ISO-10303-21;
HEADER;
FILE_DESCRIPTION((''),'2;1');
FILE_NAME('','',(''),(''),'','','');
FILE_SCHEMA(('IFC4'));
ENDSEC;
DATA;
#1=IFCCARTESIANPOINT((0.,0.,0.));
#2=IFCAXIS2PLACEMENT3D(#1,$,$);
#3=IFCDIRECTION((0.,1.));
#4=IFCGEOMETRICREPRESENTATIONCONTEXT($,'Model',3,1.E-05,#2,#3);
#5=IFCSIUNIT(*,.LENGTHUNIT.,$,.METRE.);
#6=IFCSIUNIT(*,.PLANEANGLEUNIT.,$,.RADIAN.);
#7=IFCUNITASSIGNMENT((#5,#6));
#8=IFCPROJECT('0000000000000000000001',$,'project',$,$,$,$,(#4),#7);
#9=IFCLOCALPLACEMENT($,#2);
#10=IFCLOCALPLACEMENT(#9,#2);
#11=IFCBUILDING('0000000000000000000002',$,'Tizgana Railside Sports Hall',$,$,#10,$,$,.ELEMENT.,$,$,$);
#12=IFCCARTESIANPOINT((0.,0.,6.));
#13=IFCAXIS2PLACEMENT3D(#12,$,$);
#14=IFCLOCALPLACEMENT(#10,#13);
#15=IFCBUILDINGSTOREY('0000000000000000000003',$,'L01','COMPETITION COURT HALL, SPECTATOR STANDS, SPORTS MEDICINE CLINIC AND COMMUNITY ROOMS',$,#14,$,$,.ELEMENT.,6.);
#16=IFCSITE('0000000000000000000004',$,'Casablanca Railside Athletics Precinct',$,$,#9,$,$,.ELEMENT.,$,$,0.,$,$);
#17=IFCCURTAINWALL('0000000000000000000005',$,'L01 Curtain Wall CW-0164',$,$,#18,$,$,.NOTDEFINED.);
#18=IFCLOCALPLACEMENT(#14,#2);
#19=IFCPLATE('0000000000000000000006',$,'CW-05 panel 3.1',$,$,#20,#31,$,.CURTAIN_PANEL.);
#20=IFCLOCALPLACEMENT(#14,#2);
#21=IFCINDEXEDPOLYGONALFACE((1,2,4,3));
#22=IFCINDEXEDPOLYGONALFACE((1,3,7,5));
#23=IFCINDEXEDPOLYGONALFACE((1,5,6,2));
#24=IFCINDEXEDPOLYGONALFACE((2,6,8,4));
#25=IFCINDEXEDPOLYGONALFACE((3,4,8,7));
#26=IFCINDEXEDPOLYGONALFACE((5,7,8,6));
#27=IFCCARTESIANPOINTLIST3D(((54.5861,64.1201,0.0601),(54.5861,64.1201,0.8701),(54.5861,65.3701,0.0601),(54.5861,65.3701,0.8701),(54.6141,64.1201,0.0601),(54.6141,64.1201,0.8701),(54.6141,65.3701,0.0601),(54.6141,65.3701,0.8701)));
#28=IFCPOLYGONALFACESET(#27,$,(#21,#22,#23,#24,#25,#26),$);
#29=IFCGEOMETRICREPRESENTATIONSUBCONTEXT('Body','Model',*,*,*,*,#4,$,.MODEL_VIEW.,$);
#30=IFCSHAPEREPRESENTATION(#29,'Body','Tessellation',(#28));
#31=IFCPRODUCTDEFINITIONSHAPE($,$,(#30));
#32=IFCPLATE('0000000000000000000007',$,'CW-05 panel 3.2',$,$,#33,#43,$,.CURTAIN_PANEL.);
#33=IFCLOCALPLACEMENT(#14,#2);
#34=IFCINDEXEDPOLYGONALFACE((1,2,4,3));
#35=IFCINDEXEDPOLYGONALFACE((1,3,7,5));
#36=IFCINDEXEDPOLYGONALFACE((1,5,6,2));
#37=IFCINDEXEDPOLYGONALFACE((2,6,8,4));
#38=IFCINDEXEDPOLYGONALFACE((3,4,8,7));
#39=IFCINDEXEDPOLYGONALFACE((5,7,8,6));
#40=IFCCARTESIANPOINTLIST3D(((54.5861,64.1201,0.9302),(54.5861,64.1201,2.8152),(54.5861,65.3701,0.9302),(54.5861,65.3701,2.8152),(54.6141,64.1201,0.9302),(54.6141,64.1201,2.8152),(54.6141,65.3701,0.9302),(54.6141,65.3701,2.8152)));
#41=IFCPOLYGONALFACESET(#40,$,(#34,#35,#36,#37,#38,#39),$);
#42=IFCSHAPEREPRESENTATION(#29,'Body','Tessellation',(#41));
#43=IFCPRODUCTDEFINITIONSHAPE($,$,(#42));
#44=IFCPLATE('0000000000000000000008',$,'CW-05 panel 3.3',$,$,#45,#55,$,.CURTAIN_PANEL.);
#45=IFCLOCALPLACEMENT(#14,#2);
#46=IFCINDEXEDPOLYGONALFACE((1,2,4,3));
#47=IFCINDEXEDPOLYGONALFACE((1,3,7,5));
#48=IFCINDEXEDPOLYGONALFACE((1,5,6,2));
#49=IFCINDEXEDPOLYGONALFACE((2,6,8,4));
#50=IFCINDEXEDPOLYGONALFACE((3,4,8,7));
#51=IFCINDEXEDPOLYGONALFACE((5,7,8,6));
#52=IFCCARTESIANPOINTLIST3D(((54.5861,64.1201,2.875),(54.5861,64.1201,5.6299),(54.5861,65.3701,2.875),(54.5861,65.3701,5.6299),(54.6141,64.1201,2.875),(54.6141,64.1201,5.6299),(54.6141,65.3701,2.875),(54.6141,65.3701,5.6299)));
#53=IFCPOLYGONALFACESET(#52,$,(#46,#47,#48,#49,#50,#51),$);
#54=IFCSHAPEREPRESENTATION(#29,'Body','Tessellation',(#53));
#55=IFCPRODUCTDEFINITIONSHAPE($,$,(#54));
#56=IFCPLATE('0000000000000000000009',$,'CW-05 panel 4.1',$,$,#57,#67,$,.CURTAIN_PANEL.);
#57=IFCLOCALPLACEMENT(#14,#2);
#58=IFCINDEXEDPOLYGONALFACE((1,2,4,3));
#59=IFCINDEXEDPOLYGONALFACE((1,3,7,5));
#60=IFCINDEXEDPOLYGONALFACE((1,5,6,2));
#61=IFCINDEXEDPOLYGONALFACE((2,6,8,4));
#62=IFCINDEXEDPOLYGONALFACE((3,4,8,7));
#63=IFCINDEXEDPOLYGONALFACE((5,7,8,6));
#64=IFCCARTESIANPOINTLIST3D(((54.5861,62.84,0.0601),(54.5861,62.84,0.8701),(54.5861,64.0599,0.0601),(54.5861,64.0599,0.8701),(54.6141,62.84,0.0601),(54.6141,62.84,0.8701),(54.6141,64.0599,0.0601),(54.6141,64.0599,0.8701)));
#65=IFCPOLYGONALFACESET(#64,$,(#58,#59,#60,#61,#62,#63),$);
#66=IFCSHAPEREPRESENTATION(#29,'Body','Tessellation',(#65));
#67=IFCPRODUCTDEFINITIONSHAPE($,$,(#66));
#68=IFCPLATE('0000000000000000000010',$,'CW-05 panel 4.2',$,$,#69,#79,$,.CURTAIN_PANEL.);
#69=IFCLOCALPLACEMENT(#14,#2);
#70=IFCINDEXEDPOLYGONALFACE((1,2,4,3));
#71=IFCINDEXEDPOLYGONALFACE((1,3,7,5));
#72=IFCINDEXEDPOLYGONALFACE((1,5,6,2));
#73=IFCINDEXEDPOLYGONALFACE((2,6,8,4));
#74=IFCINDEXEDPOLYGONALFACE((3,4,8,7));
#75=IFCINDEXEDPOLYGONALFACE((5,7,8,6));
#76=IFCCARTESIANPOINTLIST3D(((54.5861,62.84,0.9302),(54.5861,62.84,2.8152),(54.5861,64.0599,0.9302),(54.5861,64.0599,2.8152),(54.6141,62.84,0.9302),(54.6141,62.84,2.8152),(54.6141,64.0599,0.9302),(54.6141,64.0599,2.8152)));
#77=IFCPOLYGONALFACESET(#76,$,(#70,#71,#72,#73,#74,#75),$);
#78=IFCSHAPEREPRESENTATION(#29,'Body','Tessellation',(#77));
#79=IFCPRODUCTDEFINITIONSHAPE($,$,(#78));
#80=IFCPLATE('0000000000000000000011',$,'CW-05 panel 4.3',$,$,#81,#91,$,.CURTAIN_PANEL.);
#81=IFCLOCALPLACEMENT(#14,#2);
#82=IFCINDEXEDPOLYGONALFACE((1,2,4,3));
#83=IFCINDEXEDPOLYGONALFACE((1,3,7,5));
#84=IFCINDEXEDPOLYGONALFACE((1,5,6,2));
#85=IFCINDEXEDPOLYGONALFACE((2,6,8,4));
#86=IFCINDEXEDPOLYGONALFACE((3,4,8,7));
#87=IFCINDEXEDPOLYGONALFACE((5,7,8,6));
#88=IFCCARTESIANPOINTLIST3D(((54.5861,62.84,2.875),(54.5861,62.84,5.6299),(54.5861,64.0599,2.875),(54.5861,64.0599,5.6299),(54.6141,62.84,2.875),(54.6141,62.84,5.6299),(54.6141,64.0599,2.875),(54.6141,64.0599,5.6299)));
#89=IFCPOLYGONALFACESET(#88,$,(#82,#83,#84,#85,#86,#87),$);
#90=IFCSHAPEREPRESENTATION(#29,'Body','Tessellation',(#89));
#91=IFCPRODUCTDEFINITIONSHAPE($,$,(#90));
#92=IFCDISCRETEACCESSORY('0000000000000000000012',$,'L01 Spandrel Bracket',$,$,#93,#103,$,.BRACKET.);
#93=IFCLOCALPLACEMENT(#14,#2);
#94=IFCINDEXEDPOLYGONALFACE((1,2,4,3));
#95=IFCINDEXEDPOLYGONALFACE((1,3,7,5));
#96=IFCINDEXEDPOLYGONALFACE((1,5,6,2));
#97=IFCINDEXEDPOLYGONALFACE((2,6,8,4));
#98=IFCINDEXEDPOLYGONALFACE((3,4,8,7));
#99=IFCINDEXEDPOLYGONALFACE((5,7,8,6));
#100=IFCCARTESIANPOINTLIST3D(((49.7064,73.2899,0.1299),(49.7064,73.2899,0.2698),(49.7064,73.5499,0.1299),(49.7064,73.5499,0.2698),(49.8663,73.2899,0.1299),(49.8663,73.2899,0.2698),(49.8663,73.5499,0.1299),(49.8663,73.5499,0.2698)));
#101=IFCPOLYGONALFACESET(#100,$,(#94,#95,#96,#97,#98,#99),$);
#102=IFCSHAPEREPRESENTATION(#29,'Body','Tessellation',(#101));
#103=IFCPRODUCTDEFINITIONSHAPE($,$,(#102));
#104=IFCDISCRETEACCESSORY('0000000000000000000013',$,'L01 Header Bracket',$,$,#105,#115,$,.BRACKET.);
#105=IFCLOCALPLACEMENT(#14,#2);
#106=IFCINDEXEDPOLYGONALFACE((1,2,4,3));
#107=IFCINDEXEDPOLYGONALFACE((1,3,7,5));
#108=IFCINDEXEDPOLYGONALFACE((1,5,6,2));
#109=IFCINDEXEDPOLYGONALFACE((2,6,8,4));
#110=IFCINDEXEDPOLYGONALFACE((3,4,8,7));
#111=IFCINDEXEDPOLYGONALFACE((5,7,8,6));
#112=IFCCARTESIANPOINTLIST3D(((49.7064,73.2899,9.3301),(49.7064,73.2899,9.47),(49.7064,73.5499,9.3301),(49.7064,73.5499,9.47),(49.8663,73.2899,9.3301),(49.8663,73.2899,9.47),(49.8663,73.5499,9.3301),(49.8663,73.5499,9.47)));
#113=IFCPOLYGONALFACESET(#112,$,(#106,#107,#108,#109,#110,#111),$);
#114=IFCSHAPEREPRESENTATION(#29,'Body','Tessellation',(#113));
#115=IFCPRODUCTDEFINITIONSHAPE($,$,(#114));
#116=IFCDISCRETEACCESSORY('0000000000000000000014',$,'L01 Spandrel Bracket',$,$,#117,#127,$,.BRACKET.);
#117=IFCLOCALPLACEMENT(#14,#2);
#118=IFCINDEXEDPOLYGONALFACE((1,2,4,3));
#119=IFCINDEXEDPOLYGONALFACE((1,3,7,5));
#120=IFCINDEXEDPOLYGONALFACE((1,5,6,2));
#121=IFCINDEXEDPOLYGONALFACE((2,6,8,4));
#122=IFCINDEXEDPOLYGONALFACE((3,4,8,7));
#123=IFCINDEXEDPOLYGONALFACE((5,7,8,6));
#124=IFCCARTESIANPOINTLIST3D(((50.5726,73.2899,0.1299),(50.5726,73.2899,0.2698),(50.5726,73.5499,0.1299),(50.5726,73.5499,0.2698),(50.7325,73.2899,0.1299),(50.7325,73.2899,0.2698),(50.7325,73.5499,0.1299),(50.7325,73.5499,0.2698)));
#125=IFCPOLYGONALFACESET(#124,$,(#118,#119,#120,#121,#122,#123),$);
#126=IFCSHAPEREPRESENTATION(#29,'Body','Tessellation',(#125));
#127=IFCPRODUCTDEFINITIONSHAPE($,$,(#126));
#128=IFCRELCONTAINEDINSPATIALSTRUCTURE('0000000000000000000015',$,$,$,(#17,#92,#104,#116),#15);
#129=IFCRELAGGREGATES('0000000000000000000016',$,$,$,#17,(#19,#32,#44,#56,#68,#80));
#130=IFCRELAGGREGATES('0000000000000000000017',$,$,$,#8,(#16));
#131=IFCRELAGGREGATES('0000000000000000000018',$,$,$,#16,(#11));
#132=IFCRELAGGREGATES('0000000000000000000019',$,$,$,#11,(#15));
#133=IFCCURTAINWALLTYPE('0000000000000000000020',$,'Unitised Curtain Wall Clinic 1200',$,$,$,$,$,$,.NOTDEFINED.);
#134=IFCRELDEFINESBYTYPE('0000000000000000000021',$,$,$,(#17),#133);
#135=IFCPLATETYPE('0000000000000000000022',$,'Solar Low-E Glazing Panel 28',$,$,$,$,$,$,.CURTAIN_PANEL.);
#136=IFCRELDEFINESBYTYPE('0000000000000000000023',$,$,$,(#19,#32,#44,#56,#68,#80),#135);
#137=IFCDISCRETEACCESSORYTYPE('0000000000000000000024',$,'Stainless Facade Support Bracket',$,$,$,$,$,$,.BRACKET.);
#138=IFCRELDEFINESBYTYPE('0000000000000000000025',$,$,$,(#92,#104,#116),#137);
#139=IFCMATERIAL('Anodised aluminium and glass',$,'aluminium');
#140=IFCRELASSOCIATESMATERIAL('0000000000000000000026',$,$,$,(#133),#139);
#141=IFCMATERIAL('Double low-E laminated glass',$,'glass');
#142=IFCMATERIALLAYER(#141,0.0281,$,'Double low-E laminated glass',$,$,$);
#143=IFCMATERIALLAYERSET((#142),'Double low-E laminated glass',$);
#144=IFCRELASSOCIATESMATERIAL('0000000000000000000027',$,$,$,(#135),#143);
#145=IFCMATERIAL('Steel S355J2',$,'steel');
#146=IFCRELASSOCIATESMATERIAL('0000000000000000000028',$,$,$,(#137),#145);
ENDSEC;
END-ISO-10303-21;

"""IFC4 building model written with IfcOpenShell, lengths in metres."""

from ifc_helpers import new_model, si_unit, direction, frame, origin, origin_2d, place, context, subcontext, project, spatial, rectangle, extrude, material, layer, layer_set, type_object, element, aggregate, save


model = new_model("IFC4")

# Units and contexts
model_context = context("Model", 3, precision=1e-05, world=origin(), true_north=direction((0.0, 1.0)))
body_context = subcontext(model_context, "Body", "Model", "MODEL_VIEW")
ifc_project = project(units=[si_unit("LENGTHUNIT", "METRE"), si_unit("PLANEANGLEUNIT", "RADIAN")], contexts=[model_context])

# Site, building, storey
site_placement = place(None, origin())
site = spatial("IfcSite", under=ifc_project, at=site_placement, Name="Casablanca Railside Athletics Precinct", CompositionType="ELEMENT", RefElevation=0.0)
building_placement = place(site_placement, origin())
building = spatial("IfcBuilding", under=site, at=building_placement, Name="Tizgana Railside Sports Hall", CompositionType="ELEMENT")
storey_placement = place(building_placement, frame((0.0, 0.0, 6.0)))
storey = spatial("IfcBuildingStorey", under=building, at=storey_placement, Name="L01", Description="COMPETITION COURT HALL, SPECTATOR STANDS, SPORTS MEDICINE CLINIC AND COMMUNITY ROOMS", CompositionType="ELEMENT", Elevation=6.0)

# Shared definitions
ifc_material_1 = material(Name="Anodised aluminium and glass", Category="aluminium")

# Curtain wall
curtain_wall_type_1 = type_object("IfcCurtainWallType", Name="Unitised Curtain Wall Clinic 1200", PredefinedType="NOTDEFINED", material=ifc_material_1)
curtain_wall_1_placement = place(storey_placement, origin())
curtain_wall_1 = element("IfcCurtainWall", 1, at=curtain_wall_1_placement, inside=storey, type_object=curtain_wall_type_1, Name="L01 Curtain Wall CW-0164", PredefinedType="NOTDEFINED")

# Shared definitions
ifc_material_2 = material(Name="Steel S355J2", Category="steel")

# Plates
ifc_material_3 = material(Name="Double low-E laminated glass", Category="glass")
ifc_layer = layer(ifc_material_3, 0.0281, Name="Double low-E laminated glass")
ifc_layer_set = layer_set([ifc_layer], Name="Double low-E laminated glass")
plate_type = type_object("IfcPlateType", Name="Solar Low-E Glazing Panel 28", PredefinedType="CURTAIN_PANEL", material=ifc_layer_set)
plate_1_placement = place(storey_placement, frame((54.6001, 64.7451, 0.0601), z_axis=(0.0, 0.0, 1.0), x_axis=(0.0, -1.0, 0.0)))
plate_1 = element("IfcPlate", 2, at=plate_1_placement, type_object=plate_type, Name="CW-05 panel 3.1", PredefinedType="CURTAIN_PANEL", context=body_context, shape_type="SweptSolid", body=[
    extrude(rectangle(XDim=1.25, YDim=0.0281, at=origin_2d()), origin(), (0.0, 0.0, 1.0), 0.8101),
])
plate_2_placement = place(storey_placement, frame((54.6001, 64.7451, 0.9302), z_axis=(0.0, 0.0, 1.0), x_axis=(0.0, -1.0, 0.0)))
plate_2 = element("IfcPlate", 3, at=plate_2_placement, type_object=plate_type, Name="CW-05 panel 3.2", PredefinedType="CURTAIN_PANEL", context=body_context, shape_type="SweptSolid", body=[
    extrude(rectangle(XDim=1.25, YDim=0.0281, at=origin_2d()), origin(), (0.0, 0.0, 1.0), 1.885),
])
plate_3_placement = place(storey_placement, frame((54.6001, 64.7451, 2.875), z_axis=(0.0, 0.0, 1.0), x_axis=(0.0, -1.0, 0.0)))
plate_3 = element("IfcPlate", 4, at=plate_3_placement, type_object=plate_type, Name="CW-05 panel 3.3", PredefinedType="CURTAIN_PANEL", context=body_context, shape_type="SweptSolid", body=[
    extrude(rectangle(XDim=1.25, YDim=0.0281, at=origin_2d()), origin(), (0.0, 0.0, 1.0), 2.7549),
])
plate_4_placement = place(storey_placement, frame((54.6001, 63.45, 0.0601), z_axis=(0.0, 0.0, 1.0), x_axis=(0.0, -1.0, 0.0)))
plate_4 = element("IfcPlate", 5, at=plate_4_placement, type_object=plate_type, Name="CW-05 panel 4.1", PredefinedType="CURTAIN_PANEL", context=body_context, shape_type="SweptSolid", body=[
    extrude(rectangle(XDim=1.22, YDim=0.0281, at=origin_2d()), origin(), (0.0, 0.0, 1.0), 0.8101),
])
plate_5_placement = place(storey_placement, frame((54.6001, 63.45, 0.9302), z_axis=(0.0, 0.0, 1.0), x_axis=(0.0, -1.0, 0.0)))
plate_5 = element("IfcPlate", 6, at=plate_5_placement, type_object=plate_type, Name="CW-05 panel 4.2", PredefinedType="CURTAIN_PANEL", context=body_context, shape_type="SweptSolid", body=[
    extrude(rectangle(XDim=1.22, YDim=0.0281, at=origin_2d()), origin(), (0.0, 0.0, 1.0), 1.885),
])
plate_6_placement = place(storey_placement, frame((54.6001, 63.45, 2.875), z_axis=(0.0, 0.0, 1.0), x_axis=(0.0, -1.0, 0.0)))
plate_6 = element("IfcPlate", 7, at=plate_6_placement, type_object=plate_type, Name="CW-05 panel 4.3", PredefinedType="CURTAIN_PANEL", context=body_context, shape_type="SweptSolid", body=[
    extrude(rectangle(XDim=1.22, YDim=0.0281, at=origin_2d()), origin(), (0.0, 0.0, 1.0), 2.7549),
])
aggregate(curtain_wall_1, [plate_1, plate_2, plate_3, plate_4, plate_5, plate_6])

# Discrete accessories
discrete_accessory_type = type_object("IfcDiscreteAccessoryType", Name="Stainless Facade Support Bracket", PredefinedType="BRACKET", material=ifc_material_2)
for number, where, z_axis, x_axis, name in (
    (8, (49.7864, 73.4199, 0.1299), (0.0, 0.0, 1.0), (1.0, 0.0, 0.0), "L01 Spandrel Bracket"),
    (9, (49.7864, 73.4199, 9.3301), (0.0, 0.0, 1.0), (1.0, 0.0, 0.0), "L01 Header Bracket"),
    (10, (50.6526, 73.4199, 0.1299), (0.0, 0.0, 1.0), (1.0, 0.0, 0.0), "L01 Spandrel Bracket"),
):
    element("IfcDiscreteAccessory", number, at=place(storey_placement, frame(where, z_axis=z_axis, x_axis=x_axis)), inside=storey, type_object=discrete_accessory_type, Name=name, PredefinedType="BRACKET", context=body_context, shape_type="SweptSolid", body=[
        extrude(rectangle(XDim=0.1599, YDim=0.26, at=origin_2d()), origin(), (0.0, 0.0, 1.0), 0.1399),
    ])

save(model, "model.ifc")
